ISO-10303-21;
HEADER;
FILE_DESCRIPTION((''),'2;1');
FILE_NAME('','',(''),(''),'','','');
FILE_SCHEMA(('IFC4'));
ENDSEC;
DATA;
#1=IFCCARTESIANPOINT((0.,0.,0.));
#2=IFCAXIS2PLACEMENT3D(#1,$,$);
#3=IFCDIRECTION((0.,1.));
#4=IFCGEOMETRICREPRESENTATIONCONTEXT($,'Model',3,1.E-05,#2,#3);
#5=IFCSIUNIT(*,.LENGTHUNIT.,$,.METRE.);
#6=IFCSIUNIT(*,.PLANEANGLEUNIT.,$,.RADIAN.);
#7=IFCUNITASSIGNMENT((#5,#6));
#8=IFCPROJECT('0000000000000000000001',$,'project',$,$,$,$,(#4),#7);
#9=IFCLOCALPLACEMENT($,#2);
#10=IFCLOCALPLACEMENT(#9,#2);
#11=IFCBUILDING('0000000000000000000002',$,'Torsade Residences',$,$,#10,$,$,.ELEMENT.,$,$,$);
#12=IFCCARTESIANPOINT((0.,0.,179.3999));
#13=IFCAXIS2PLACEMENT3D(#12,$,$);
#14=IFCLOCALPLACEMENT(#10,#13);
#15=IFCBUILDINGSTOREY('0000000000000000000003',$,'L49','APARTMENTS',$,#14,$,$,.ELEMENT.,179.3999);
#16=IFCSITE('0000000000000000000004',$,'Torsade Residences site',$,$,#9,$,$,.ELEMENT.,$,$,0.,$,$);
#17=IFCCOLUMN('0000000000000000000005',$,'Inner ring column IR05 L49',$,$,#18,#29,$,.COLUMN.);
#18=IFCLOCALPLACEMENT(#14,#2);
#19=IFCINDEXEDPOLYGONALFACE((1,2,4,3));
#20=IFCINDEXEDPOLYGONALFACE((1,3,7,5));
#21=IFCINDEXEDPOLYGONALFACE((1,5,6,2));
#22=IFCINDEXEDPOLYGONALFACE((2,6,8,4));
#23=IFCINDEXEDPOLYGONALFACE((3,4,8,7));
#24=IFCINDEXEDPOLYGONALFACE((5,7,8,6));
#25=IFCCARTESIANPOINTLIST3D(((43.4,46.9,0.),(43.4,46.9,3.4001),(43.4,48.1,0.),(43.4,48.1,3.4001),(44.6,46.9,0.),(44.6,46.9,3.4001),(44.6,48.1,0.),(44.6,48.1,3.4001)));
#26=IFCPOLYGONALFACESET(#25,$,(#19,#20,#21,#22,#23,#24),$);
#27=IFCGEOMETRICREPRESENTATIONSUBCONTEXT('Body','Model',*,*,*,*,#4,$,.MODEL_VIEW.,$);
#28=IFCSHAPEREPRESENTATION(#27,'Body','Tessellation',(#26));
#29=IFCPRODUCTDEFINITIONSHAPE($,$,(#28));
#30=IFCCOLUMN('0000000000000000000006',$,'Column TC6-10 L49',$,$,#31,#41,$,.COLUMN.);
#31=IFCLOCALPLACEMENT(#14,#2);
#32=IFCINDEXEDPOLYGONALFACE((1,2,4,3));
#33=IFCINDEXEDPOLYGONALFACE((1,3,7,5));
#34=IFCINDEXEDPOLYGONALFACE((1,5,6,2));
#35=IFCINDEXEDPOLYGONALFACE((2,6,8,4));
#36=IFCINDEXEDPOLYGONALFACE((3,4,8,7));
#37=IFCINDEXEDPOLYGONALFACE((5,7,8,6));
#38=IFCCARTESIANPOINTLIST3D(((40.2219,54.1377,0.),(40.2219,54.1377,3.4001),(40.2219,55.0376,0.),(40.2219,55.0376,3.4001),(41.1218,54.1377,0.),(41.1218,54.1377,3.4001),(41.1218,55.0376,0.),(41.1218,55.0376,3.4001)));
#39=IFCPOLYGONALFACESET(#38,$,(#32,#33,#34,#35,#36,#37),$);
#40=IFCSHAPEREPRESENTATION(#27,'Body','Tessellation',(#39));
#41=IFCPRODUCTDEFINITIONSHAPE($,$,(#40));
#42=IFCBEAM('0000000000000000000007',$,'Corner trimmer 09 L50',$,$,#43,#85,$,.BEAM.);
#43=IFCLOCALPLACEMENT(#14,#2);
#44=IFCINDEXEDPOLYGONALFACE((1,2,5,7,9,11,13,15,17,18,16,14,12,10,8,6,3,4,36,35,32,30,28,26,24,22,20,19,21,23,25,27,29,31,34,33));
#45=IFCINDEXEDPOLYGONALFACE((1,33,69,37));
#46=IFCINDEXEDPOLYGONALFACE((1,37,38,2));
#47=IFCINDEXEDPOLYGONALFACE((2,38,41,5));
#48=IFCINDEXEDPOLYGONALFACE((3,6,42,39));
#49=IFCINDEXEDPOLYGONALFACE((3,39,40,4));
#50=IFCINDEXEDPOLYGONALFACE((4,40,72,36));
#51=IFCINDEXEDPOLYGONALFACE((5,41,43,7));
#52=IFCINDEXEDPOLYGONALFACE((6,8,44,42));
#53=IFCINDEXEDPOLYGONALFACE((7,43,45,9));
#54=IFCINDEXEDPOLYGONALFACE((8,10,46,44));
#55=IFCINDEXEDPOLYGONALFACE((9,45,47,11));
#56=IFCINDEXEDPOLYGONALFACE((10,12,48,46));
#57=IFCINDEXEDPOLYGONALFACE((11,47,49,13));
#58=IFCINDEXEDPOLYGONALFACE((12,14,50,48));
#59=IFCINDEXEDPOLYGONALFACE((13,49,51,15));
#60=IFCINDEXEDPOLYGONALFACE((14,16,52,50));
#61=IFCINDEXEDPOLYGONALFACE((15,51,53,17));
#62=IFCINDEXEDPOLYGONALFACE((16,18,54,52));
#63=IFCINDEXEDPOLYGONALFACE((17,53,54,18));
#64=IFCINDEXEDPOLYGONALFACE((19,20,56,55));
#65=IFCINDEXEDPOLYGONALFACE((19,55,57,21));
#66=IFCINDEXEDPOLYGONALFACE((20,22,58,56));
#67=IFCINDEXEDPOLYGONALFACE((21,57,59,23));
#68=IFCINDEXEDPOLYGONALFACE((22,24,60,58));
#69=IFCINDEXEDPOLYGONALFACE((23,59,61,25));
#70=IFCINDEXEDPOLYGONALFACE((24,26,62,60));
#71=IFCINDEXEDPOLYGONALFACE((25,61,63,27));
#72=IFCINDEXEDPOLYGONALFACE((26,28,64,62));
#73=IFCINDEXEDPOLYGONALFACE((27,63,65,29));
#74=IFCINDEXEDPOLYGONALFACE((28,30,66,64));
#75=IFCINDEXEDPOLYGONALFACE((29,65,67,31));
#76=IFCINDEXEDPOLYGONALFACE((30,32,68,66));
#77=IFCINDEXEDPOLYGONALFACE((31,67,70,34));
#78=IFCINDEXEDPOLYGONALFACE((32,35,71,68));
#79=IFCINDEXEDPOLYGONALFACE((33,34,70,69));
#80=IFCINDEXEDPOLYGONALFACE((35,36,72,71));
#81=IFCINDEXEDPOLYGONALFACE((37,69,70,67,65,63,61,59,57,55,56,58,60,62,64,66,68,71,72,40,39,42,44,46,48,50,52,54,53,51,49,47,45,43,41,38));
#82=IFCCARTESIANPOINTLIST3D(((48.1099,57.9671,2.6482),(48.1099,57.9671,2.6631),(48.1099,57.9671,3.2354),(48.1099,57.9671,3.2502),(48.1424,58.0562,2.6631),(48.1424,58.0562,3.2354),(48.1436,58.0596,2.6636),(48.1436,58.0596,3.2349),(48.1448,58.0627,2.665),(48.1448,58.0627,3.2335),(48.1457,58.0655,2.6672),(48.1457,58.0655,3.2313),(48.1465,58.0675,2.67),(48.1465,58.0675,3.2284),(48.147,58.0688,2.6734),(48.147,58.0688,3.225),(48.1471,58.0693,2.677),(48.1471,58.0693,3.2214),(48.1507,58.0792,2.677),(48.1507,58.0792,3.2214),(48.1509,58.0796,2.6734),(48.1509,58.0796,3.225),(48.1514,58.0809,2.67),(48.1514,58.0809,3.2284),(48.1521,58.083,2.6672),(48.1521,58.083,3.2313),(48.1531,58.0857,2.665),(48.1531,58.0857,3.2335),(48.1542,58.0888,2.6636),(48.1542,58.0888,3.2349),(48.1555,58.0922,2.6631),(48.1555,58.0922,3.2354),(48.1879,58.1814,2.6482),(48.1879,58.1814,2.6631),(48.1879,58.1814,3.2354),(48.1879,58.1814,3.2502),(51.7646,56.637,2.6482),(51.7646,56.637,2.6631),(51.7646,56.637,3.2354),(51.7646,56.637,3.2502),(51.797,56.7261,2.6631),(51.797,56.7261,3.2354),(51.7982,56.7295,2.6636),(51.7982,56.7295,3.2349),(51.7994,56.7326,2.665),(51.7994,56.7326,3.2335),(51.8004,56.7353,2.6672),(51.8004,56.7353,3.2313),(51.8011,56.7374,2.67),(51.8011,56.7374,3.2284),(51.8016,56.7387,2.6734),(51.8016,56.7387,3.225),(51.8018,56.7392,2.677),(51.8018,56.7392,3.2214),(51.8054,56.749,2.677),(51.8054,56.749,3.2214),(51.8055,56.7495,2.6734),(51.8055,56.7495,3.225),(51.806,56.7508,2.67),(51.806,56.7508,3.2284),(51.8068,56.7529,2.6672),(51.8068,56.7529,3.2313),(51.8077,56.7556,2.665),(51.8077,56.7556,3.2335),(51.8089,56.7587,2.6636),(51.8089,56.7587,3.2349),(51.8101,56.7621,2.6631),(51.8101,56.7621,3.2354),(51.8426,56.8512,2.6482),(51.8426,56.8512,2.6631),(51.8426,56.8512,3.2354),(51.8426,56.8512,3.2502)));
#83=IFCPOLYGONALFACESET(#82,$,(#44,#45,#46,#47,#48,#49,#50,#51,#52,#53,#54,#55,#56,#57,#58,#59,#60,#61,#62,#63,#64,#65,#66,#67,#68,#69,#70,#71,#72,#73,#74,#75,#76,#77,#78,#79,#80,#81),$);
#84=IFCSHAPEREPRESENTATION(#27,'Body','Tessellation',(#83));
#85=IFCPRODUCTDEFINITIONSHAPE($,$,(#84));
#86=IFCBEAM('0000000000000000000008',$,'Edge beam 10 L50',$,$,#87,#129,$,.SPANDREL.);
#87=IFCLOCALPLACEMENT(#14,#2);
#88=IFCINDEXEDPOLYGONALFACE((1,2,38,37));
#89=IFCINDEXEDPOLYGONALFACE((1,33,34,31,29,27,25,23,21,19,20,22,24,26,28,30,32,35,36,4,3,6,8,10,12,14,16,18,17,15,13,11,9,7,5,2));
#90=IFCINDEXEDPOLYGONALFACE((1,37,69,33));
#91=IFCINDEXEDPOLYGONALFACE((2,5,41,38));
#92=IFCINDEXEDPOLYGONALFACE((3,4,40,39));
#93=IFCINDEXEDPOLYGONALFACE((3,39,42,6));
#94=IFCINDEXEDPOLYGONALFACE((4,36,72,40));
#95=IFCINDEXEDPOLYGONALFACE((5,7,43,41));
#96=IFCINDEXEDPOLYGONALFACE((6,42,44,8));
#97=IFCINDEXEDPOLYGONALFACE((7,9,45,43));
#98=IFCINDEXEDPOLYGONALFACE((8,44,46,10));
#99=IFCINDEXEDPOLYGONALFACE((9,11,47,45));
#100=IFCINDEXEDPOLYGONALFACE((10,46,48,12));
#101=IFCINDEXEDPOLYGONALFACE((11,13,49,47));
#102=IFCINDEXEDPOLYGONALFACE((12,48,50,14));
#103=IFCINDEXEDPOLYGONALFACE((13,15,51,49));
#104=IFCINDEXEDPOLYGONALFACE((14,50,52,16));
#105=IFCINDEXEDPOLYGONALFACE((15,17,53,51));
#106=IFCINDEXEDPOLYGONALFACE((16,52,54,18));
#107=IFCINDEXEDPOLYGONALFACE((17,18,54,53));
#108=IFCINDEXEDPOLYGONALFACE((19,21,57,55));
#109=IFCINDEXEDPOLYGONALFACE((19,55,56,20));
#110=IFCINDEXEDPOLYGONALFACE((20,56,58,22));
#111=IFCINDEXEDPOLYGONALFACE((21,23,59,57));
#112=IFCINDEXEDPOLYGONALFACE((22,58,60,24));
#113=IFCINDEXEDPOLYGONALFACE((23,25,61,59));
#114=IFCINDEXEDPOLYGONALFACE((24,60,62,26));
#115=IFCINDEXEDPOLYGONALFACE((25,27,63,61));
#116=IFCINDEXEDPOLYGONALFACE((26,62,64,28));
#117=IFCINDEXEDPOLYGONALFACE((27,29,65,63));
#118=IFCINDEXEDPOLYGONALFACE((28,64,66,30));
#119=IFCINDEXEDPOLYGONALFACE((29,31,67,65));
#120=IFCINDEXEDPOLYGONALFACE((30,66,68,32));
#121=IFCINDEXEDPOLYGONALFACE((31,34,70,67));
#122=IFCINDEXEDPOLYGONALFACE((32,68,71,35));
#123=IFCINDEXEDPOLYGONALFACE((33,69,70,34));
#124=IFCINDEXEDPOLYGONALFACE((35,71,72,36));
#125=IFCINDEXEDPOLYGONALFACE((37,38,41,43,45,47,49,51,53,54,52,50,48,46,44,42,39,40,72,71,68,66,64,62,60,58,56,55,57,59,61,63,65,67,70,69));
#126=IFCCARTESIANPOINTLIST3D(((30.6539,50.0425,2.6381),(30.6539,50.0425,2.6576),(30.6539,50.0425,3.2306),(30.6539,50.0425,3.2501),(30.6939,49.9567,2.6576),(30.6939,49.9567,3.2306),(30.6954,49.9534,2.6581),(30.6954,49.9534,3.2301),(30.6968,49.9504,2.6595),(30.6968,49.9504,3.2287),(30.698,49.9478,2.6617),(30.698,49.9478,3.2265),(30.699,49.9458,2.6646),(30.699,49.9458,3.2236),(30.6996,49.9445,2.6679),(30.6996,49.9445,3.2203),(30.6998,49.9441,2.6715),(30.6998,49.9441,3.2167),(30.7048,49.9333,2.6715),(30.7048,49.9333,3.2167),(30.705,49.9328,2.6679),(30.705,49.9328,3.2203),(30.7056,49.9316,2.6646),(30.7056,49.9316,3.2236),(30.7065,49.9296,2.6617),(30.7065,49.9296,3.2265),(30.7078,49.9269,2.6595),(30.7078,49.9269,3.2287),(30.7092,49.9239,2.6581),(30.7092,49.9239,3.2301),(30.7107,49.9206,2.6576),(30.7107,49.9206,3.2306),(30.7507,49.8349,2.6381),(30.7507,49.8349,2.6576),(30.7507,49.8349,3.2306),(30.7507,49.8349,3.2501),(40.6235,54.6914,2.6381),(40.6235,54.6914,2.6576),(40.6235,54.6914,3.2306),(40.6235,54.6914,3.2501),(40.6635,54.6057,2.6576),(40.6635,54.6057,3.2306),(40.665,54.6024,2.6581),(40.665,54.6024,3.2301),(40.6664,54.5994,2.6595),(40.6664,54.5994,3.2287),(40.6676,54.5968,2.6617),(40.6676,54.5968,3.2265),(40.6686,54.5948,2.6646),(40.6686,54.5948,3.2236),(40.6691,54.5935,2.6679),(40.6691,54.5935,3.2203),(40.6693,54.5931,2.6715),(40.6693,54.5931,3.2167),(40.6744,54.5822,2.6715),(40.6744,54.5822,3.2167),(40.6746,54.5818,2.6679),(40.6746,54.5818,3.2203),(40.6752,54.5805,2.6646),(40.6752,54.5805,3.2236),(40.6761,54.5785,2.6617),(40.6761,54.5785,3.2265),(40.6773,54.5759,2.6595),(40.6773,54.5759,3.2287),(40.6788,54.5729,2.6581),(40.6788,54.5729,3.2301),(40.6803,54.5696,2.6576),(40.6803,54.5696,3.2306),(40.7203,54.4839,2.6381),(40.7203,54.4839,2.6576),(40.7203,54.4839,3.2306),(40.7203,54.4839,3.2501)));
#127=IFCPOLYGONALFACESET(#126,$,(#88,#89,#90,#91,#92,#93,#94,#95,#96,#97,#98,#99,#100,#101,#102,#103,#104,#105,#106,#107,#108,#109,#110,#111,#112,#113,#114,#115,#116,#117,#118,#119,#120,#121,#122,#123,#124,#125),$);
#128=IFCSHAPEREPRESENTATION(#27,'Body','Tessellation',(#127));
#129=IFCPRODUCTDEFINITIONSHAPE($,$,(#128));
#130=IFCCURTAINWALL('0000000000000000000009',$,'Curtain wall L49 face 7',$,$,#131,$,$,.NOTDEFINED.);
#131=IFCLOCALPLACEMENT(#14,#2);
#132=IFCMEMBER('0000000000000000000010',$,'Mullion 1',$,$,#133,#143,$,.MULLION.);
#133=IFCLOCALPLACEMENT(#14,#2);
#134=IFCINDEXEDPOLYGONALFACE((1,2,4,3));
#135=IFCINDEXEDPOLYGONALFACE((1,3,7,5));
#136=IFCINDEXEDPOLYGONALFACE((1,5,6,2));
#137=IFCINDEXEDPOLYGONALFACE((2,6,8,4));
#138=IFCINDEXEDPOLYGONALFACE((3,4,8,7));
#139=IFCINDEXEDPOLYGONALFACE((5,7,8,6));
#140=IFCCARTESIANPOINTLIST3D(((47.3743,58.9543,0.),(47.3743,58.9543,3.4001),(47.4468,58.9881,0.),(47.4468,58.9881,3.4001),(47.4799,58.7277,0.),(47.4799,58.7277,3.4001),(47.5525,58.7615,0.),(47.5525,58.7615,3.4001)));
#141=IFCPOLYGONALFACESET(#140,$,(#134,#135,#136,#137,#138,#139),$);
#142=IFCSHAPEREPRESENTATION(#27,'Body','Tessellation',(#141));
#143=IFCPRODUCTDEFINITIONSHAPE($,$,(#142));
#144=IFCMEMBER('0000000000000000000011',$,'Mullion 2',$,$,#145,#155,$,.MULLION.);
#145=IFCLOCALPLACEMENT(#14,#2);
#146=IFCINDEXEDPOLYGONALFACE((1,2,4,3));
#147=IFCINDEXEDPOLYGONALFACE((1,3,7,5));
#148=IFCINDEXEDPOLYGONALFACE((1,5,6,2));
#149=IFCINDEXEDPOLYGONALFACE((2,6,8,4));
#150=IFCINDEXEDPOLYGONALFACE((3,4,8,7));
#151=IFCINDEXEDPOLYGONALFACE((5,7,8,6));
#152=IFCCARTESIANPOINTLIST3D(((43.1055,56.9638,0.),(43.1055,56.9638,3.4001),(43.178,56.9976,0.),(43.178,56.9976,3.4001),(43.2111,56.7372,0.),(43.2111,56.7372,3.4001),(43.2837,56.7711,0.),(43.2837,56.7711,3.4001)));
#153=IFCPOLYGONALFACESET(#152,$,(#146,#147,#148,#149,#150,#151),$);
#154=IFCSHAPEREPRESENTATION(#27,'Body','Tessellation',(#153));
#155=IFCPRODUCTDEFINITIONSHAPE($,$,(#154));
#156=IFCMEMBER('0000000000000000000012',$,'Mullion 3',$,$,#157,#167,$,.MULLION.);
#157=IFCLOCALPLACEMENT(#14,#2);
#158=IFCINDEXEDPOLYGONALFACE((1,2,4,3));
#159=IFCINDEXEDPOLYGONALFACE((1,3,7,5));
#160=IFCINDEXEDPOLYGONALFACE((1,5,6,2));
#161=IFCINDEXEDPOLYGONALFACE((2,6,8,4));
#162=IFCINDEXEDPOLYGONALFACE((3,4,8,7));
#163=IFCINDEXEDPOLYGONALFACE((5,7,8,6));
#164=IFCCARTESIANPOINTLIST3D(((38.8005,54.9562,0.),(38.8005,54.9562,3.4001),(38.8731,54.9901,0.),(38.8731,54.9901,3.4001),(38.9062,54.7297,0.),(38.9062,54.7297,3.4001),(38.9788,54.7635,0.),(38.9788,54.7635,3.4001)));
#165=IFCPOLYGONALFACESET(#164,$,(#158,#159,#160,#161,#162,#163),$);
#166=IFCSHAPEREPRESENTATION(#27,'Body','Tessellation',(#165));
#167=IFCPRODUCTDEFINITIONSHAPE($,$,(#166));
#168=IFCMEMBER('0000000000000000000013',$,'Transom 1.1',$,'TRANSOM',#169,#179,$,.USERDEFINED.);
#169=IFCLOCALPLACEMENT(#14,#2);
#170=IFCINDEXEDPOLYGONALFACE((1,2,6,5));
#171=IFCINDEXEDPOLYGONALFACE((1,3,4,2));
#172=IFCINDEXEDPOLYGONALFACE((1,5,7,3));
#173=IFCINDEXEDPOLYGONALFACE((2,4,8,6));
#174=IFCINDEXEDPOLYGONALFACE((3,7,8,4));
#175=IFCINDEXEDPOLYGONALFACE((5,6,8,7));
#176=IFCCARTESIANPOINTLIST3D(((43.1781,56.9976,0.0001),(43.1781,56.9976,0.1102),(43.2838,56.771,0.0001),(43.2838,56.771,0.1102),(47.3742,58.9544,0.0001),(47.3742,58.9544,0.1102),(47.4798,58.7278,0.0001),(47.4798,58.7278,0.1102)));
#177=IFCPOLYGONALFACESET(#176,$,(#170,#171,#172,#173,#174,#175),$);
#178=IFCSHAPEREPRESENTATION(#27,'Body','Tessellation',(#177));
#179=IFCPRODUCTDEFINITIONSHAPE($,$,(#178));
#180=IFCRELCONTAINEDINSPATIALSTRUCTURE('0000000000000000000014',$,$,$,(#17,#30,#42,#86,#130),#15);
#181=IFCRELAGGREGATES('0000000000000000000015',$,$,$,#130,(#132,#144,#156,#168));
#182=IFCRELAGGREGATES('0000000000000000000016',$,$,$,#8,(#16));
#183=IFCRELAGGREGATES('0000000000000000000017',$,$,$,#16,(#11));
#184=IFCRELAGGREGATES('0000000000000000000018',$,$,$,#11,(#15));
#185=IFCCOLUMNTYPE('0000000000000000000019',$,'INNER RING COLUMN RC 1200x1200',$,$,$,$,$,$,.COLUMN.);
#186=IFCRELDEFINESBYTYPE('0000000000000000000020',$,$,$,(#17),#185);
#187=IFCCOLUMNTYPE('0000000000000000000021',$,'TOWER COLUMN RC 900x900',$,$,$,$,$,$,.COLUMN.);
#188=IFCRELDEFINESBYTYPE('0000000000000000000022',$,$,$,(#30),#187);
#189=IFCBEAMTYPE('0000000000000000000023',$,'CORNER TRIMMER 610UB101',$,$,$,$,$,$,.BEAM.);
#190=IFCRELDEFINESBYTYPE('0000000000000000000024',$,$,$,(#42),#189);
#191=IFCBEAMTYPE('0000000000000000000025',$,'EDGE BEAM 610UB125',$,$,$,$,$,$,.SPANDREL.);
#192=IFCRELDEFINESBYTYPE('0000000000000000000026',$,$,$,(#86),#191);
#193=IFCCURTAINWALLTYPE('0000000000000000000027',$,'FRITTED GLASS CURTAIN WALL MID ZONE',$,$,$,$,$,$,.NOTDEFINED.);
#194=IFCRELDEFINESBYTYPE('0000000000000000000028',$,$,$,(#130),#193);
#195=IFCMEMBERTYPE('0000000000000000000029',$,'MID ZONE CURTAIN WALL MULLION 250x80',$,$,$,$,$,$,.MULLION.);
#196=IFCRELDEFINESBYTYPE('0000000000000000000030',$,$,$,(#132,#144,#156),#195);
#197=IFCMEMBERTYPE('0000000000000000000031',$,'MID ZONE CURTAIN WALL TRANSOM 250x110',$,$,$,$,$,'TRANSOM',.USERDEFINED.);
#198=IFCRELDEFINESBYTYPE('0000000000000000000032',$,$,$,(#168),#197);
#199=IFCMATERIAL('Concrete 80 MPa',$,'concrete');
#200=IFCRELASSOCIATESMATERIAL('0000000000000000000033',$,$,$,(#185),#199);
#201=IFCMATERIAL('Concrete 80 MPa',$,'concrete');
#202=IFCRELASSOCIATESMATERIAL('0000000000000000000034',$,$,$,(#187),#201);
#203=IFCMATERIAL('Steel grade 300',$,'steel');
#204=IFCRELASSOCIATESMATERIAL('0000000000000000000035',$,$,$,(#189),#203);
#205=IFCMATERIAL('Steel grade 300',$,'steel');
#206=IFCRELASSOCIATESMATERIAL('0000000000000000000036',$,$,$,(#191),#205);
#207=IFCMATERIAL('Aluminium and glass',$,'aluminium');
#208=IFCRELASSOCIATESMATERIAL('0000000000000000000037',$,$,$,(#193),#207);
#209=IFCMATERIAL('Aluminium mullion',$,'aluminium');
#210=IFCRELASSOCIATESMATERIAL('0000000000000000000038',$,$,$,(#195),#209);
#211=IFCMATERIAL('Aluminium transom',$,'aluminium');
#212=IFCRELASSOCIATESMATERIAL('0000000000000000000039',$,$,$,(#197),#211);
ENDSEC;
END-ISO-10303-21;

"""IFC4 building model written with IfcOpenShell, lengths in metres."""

from ifc_helpers import new_model, si_unit, direction, frame, origin, origin_2d, place, context, subcontext, project, spatial, rectangle, i_section, extrude, material, material_profile, profile_set, type_object, element, aggregate, save


model = new_model("IFC4")

# Units and contexts
model_context = context("Model", 3, precision=1e-05, world=origin(), true_north=direction((0.0, 1.0)))
body_context = subcontext(model_context, "Body", "Model", "MODEL_VIEW")
ifc_project = project(units=[si_unit("LENGTHUNIT", "METRE"), si_unit("PLANEANGLEUNIT", "RADIAN")], contexts=[model_context])

# Site, building, storey
site_placement = place(None, origin())
site = spatial("IfcSite", under=ifc_project, at=site_placement, Name="Torsade Residences site", CompositionType="ELEMENT", RefElevation=0.0)
building_placement = place(site_placement, origin())
building = spatial("IfcBuilding", under=site, at=building_placement, Name="Torsade Residences", CompositionType="ELEMENT")
storey_placement = place(building_placement, frame((0.0, 0.0, 179.3999)))
storey = spatial("IfcBuildingStorey", under=building, at=storey_placement, Name="L49", Description="APARTMENTS", CompositionType="ELEMENT", Elevation=179.3999)

# Columns
ifc_material_1 = material(Name="Concrete 80 MPa", Category="concrete")
ifc_material_profile_1 = material_profile(ifc_material_1, rectangle(XDim=1.2, YDim=1.2, at=origin_2d()), Name="RC 1200x1200")
ifc_profile_set_1 = profile_set([ifc_material_profile_1], Name="Concrete 80 MPa")
column_type_1 = type_object("IfcColumnType", Name="INNER RING COLUMN RC 1200x1200", PredefinedType="COLUMN", material=ifc_profile_set_1)
column_1_placement = place(storey_placement, frame((44.0, 47.5, 0.0), z_axis=(0.0, 0.0, 1.0), x_axis=(1.0, 0.0, 0.0)))
element("IfcColumn", 1, at=column_1_placement, inside=storey, type_object=column_type_1, Name="Inner ring column IR05 L49", PredefinedType="COLUMN", context=body_context, shape_type="SweptSolid", body=[
    extrude(rectangle(XDim=1.2, YDim=1.2, at=origin_2d()), origin(), (0.0, 0.0, 1.0), 3.4001),
])
ifc_material_2 = material(Name="Concrete 80 MPa", Category="concrete")
ifc_material_profile_2 = material_profile(ifc_material_2, rectangle(XDim=0.8999, YDim=0.8999, at=origin_2d()), Name="RC 900x900")
ifc_profile_set_2 = profile_set([ifc_material_profile_2], Name="Concrete 80 MPa")
column_type_2 = type_object("IfcColumnType", Name="TOWER COLUMN RC 900x900", PredefinedType="COLUMN", material=ifc_profile_set_2)
column_2_placement = place(storey_placement, frame((40.6719, 54.5876, 0.0), z_axis=(0.0, 0.0, 1.0), x_axis=(1.0, 0.0, 0.0)))
element("IfcColumn", 2, at=column_2_placement, inside=storey, type_object=column_type_2, Name="Column TC6-10 L49", PredefinedType="COLUMN", context=body_context, shape_type="SweptSolid", body=[
    extrude(rectangle(XDim=0.8999, YDim=0.8999, at=origin_2d()), origin(), (0.0, 0.0, 1.0), 3.4001),
])

# Beams
ifc_material_3 = material(Name="Steel grade 300", Category="steel")
ifc_material_profile_3 = material_profile(ifc_material_3, i_section(OverallWidth=0.228, OverallDepth=0.6021, WebThickness=0.0105, FlangeThickness=0.0149, FilletRadius=0.0139, at=origin_2d()), Name="610UB101")
ifc_profile_set_3 = profile_set([ifc_material_profile_3], Name="Steel grade 300")
beam_type_1 = type_object("IfcBeamType", Name="CORNER TRIMMER 610UB101", PredefinedType="BEAM", material=ifc_profile_set_3)
beam_1_placement = place(storey_placement, frame((48.1489, 58.0742, 2.9492), z_axis=(0.939698, -0.342005, 0.0), x_axis=(0.342005, 0.939698, 0.0)))
element("IfcBeam", 3, at=beam_1_placement, inside=storey, type_object=beam_type_1, Name="Corner trimmer 09 L50", PredefinedType="BEAM", context=body_context, shape_type="SweptSolid", body=[
    extrude(i_section(OverallWidth=0.228, OverallDepth=0.6021, WebThickness=0.0105, FlangeThickness=0.0149, FilletRadius=0.0139, at=origin_2d()), origin(), (0.0, 0.0, 1.0), 3.8892),
])
ifc_material_4 = material(Name="Steel grade 300", Category="steel")
ifc_material_profile_4 = material_profile(ifc_material_4, i_section(OverallWidth=0.229, OverallDepth=0.6121, WebThickness=0.012, FlangeThickness=0.0195, FilletRadius=0.0139, at=origin_2d()), Name="610UB125")
ifc_profile_set_4 = profile_set([ifc_material_profile_4], Name="Steel grade 300")
beam_type_2 = type_object("IfcBeamType", Name="EDGE BEAM 610UB125", PredefinedType="SPANDREL", material=ifc_profile_set_4)
beam_2_placement = place(storey_placement, frame((40.6719, 54.5876, 2.9441), z_axis=(-0.906305, -0.422624, 0.0), x_axis=(0.422624, -0.906305, 0.0)))
element("IfcBeam", 4, at=beam_2_placement, inside=storey, type_object=beam_type_2, Name="Edge beam 10 L50", PredefinedType="SPANDREL", context=body_context, shape_type="SweptSolid", body=[
    extrude(i_section(OverallWidth=0.229, OverallDepth=0.6121, WebThickness=0.012, FlangeThickness=0.0195, FilletRadius=0.0139, at=origin_2d()), origin(), (0.0, 0.0, 1.0), 11.0002),
])

# Curtain wall, members
ifc_material_5 = material(Name="Aluminium and glass", Category="aluminium")
curtain_wall_type = type_object("IfcCurtainWallType", Name="FRITTED GLASS CURTAIN WALL MID ZONE", PredefinedType="NOTDEFINED", material=ifc_material_5)
curtain_wall_placement = place(storey_placement, origin())
curtain_wall = element("IfcCurtainWall", 5, at=curtain_wall_placement, inside=storey, type_object=curtain_wall_type, Name="Curtain wall L49 face 7", PredefinedType="NOTDEFINED")
ifc_material_6 = material(Name="Aluminium mullion", Category="aluminium")
ifc_material_profile_5 = material_profile(ifc_material_6, rectangle(XDim=0.25, YDim=0.0801, at=origin_2d()), Name="MID ZONE CURTAIN WALL MULLION 250x80")
ifc_profile_set_5 = profile_set([ifc_material_profile_5], Name="Aluminium mullion")
member_type_1 = type_object("IfcMemberType", Name="MID ZONE CURTAIN WALL MULLION 250x80", PredefinedType="MULLION", material=ifc_profile_set_5)
member_1_placement = place(storey_placement, frame((47.4634, 58.8579, 0.0), z_axis=(0.0, 0.0, 1.0), x_axis=(0.422618, -0.906308, 0.0)))
member_1 = element("IfcMember", 6, at=member_1_placement, type_object=member_type_1, Name="Mullion 1", PredefinedType="MULLION", context=body_context, shape_type="SweptSolid", body=[
    extrude(rectangle(XDim=0.25, YDim=0.0801, at=origin_2d()), origin(), (0.0, 0.0, 1.0), 3.4001),
])
member_2_placement = place(storey_placement, frame((43.1946, 56.8674, 0.0), z_axis=(0.0, 0.0, 1.0), x_axis=(0.422618, -0.906308, 0.0)))
member_2 = element("IfcMember", 7, at=member_2_placement, type_object=member_type_1, Name="Mullion 2", PredefinedType="MULLION", context=body_context, shape_type="SweptSolid", body=[
    extrude(rectangle(XDim=0.25, YDim=0.0801, at=origin_2d()), origin(), (0.0, 0.0, 1.0), 3.4001),
])
member_3_placement = place(storey_placement, frame((38.8896, 54.8599, 0.0), z_axis=(0.0, 0.0, 1.0), x_axis=(0.422618, -0.906308, 0.0)))
member_3 = element("IfcMember", 8, at=member_3_placement, type_object=member_type_1, Name="Mullion 3", PredefinedType="MULLION", context=body_context, shape_type="SweptSolid", body=[
    extrude(rectangle(XDim=0.25, YDim=0.0801, at=origin_2d()), origin(), (0.0, 0.0, 1.0), 3.4001),
])
ifc_material_7 = material(Name="Aluminium transom", Category="aluminium")
ifc_material_profile_6 = material_profile(ifc_material_7, rectangle(XDim=0.25, YDim=0.1101, at=origin_2d()), Name="MID ZONE CURTAIN WALL TRANSOM 250x110")
ifc_profile_set_6 = profile_set([ifc_material_profile_6], Name="Aluminium transom")
member_type_2 = type_object("IfcMemberType", Name="MID ZONE CURTAIN WALL TRANSOM 250x110", ElementType="TRANSOM", PredefinedType="USERDEFINED", material=ifc_profile_set_6)
member_4_placement = place(storey_placement, frame((47.427, 58.8411, 0.0552), z_axis=(-0.906296, -0.422643, 0.0), x_axis=(0.422643, -0.906296, 0.0)))
member_4 = element("IfcMember", 9, at=member_4_placement, type_object=member_type_2, Name="Transom 1.1", ObjectType="TRANSOM", PredefinedType="USERDEFINED", context=body_context, shape_type="SweptSolid", body=[
    extrude(rectangle(XDim=0.25, YDim=0.1101, at=origin_2d()), origin(), (0.0, 0.0, 1.0), 4.6299),
])

aggregate(curtain_wall, [member_1, member_2, member_3, member_4])

save(model, "model.ifc")
